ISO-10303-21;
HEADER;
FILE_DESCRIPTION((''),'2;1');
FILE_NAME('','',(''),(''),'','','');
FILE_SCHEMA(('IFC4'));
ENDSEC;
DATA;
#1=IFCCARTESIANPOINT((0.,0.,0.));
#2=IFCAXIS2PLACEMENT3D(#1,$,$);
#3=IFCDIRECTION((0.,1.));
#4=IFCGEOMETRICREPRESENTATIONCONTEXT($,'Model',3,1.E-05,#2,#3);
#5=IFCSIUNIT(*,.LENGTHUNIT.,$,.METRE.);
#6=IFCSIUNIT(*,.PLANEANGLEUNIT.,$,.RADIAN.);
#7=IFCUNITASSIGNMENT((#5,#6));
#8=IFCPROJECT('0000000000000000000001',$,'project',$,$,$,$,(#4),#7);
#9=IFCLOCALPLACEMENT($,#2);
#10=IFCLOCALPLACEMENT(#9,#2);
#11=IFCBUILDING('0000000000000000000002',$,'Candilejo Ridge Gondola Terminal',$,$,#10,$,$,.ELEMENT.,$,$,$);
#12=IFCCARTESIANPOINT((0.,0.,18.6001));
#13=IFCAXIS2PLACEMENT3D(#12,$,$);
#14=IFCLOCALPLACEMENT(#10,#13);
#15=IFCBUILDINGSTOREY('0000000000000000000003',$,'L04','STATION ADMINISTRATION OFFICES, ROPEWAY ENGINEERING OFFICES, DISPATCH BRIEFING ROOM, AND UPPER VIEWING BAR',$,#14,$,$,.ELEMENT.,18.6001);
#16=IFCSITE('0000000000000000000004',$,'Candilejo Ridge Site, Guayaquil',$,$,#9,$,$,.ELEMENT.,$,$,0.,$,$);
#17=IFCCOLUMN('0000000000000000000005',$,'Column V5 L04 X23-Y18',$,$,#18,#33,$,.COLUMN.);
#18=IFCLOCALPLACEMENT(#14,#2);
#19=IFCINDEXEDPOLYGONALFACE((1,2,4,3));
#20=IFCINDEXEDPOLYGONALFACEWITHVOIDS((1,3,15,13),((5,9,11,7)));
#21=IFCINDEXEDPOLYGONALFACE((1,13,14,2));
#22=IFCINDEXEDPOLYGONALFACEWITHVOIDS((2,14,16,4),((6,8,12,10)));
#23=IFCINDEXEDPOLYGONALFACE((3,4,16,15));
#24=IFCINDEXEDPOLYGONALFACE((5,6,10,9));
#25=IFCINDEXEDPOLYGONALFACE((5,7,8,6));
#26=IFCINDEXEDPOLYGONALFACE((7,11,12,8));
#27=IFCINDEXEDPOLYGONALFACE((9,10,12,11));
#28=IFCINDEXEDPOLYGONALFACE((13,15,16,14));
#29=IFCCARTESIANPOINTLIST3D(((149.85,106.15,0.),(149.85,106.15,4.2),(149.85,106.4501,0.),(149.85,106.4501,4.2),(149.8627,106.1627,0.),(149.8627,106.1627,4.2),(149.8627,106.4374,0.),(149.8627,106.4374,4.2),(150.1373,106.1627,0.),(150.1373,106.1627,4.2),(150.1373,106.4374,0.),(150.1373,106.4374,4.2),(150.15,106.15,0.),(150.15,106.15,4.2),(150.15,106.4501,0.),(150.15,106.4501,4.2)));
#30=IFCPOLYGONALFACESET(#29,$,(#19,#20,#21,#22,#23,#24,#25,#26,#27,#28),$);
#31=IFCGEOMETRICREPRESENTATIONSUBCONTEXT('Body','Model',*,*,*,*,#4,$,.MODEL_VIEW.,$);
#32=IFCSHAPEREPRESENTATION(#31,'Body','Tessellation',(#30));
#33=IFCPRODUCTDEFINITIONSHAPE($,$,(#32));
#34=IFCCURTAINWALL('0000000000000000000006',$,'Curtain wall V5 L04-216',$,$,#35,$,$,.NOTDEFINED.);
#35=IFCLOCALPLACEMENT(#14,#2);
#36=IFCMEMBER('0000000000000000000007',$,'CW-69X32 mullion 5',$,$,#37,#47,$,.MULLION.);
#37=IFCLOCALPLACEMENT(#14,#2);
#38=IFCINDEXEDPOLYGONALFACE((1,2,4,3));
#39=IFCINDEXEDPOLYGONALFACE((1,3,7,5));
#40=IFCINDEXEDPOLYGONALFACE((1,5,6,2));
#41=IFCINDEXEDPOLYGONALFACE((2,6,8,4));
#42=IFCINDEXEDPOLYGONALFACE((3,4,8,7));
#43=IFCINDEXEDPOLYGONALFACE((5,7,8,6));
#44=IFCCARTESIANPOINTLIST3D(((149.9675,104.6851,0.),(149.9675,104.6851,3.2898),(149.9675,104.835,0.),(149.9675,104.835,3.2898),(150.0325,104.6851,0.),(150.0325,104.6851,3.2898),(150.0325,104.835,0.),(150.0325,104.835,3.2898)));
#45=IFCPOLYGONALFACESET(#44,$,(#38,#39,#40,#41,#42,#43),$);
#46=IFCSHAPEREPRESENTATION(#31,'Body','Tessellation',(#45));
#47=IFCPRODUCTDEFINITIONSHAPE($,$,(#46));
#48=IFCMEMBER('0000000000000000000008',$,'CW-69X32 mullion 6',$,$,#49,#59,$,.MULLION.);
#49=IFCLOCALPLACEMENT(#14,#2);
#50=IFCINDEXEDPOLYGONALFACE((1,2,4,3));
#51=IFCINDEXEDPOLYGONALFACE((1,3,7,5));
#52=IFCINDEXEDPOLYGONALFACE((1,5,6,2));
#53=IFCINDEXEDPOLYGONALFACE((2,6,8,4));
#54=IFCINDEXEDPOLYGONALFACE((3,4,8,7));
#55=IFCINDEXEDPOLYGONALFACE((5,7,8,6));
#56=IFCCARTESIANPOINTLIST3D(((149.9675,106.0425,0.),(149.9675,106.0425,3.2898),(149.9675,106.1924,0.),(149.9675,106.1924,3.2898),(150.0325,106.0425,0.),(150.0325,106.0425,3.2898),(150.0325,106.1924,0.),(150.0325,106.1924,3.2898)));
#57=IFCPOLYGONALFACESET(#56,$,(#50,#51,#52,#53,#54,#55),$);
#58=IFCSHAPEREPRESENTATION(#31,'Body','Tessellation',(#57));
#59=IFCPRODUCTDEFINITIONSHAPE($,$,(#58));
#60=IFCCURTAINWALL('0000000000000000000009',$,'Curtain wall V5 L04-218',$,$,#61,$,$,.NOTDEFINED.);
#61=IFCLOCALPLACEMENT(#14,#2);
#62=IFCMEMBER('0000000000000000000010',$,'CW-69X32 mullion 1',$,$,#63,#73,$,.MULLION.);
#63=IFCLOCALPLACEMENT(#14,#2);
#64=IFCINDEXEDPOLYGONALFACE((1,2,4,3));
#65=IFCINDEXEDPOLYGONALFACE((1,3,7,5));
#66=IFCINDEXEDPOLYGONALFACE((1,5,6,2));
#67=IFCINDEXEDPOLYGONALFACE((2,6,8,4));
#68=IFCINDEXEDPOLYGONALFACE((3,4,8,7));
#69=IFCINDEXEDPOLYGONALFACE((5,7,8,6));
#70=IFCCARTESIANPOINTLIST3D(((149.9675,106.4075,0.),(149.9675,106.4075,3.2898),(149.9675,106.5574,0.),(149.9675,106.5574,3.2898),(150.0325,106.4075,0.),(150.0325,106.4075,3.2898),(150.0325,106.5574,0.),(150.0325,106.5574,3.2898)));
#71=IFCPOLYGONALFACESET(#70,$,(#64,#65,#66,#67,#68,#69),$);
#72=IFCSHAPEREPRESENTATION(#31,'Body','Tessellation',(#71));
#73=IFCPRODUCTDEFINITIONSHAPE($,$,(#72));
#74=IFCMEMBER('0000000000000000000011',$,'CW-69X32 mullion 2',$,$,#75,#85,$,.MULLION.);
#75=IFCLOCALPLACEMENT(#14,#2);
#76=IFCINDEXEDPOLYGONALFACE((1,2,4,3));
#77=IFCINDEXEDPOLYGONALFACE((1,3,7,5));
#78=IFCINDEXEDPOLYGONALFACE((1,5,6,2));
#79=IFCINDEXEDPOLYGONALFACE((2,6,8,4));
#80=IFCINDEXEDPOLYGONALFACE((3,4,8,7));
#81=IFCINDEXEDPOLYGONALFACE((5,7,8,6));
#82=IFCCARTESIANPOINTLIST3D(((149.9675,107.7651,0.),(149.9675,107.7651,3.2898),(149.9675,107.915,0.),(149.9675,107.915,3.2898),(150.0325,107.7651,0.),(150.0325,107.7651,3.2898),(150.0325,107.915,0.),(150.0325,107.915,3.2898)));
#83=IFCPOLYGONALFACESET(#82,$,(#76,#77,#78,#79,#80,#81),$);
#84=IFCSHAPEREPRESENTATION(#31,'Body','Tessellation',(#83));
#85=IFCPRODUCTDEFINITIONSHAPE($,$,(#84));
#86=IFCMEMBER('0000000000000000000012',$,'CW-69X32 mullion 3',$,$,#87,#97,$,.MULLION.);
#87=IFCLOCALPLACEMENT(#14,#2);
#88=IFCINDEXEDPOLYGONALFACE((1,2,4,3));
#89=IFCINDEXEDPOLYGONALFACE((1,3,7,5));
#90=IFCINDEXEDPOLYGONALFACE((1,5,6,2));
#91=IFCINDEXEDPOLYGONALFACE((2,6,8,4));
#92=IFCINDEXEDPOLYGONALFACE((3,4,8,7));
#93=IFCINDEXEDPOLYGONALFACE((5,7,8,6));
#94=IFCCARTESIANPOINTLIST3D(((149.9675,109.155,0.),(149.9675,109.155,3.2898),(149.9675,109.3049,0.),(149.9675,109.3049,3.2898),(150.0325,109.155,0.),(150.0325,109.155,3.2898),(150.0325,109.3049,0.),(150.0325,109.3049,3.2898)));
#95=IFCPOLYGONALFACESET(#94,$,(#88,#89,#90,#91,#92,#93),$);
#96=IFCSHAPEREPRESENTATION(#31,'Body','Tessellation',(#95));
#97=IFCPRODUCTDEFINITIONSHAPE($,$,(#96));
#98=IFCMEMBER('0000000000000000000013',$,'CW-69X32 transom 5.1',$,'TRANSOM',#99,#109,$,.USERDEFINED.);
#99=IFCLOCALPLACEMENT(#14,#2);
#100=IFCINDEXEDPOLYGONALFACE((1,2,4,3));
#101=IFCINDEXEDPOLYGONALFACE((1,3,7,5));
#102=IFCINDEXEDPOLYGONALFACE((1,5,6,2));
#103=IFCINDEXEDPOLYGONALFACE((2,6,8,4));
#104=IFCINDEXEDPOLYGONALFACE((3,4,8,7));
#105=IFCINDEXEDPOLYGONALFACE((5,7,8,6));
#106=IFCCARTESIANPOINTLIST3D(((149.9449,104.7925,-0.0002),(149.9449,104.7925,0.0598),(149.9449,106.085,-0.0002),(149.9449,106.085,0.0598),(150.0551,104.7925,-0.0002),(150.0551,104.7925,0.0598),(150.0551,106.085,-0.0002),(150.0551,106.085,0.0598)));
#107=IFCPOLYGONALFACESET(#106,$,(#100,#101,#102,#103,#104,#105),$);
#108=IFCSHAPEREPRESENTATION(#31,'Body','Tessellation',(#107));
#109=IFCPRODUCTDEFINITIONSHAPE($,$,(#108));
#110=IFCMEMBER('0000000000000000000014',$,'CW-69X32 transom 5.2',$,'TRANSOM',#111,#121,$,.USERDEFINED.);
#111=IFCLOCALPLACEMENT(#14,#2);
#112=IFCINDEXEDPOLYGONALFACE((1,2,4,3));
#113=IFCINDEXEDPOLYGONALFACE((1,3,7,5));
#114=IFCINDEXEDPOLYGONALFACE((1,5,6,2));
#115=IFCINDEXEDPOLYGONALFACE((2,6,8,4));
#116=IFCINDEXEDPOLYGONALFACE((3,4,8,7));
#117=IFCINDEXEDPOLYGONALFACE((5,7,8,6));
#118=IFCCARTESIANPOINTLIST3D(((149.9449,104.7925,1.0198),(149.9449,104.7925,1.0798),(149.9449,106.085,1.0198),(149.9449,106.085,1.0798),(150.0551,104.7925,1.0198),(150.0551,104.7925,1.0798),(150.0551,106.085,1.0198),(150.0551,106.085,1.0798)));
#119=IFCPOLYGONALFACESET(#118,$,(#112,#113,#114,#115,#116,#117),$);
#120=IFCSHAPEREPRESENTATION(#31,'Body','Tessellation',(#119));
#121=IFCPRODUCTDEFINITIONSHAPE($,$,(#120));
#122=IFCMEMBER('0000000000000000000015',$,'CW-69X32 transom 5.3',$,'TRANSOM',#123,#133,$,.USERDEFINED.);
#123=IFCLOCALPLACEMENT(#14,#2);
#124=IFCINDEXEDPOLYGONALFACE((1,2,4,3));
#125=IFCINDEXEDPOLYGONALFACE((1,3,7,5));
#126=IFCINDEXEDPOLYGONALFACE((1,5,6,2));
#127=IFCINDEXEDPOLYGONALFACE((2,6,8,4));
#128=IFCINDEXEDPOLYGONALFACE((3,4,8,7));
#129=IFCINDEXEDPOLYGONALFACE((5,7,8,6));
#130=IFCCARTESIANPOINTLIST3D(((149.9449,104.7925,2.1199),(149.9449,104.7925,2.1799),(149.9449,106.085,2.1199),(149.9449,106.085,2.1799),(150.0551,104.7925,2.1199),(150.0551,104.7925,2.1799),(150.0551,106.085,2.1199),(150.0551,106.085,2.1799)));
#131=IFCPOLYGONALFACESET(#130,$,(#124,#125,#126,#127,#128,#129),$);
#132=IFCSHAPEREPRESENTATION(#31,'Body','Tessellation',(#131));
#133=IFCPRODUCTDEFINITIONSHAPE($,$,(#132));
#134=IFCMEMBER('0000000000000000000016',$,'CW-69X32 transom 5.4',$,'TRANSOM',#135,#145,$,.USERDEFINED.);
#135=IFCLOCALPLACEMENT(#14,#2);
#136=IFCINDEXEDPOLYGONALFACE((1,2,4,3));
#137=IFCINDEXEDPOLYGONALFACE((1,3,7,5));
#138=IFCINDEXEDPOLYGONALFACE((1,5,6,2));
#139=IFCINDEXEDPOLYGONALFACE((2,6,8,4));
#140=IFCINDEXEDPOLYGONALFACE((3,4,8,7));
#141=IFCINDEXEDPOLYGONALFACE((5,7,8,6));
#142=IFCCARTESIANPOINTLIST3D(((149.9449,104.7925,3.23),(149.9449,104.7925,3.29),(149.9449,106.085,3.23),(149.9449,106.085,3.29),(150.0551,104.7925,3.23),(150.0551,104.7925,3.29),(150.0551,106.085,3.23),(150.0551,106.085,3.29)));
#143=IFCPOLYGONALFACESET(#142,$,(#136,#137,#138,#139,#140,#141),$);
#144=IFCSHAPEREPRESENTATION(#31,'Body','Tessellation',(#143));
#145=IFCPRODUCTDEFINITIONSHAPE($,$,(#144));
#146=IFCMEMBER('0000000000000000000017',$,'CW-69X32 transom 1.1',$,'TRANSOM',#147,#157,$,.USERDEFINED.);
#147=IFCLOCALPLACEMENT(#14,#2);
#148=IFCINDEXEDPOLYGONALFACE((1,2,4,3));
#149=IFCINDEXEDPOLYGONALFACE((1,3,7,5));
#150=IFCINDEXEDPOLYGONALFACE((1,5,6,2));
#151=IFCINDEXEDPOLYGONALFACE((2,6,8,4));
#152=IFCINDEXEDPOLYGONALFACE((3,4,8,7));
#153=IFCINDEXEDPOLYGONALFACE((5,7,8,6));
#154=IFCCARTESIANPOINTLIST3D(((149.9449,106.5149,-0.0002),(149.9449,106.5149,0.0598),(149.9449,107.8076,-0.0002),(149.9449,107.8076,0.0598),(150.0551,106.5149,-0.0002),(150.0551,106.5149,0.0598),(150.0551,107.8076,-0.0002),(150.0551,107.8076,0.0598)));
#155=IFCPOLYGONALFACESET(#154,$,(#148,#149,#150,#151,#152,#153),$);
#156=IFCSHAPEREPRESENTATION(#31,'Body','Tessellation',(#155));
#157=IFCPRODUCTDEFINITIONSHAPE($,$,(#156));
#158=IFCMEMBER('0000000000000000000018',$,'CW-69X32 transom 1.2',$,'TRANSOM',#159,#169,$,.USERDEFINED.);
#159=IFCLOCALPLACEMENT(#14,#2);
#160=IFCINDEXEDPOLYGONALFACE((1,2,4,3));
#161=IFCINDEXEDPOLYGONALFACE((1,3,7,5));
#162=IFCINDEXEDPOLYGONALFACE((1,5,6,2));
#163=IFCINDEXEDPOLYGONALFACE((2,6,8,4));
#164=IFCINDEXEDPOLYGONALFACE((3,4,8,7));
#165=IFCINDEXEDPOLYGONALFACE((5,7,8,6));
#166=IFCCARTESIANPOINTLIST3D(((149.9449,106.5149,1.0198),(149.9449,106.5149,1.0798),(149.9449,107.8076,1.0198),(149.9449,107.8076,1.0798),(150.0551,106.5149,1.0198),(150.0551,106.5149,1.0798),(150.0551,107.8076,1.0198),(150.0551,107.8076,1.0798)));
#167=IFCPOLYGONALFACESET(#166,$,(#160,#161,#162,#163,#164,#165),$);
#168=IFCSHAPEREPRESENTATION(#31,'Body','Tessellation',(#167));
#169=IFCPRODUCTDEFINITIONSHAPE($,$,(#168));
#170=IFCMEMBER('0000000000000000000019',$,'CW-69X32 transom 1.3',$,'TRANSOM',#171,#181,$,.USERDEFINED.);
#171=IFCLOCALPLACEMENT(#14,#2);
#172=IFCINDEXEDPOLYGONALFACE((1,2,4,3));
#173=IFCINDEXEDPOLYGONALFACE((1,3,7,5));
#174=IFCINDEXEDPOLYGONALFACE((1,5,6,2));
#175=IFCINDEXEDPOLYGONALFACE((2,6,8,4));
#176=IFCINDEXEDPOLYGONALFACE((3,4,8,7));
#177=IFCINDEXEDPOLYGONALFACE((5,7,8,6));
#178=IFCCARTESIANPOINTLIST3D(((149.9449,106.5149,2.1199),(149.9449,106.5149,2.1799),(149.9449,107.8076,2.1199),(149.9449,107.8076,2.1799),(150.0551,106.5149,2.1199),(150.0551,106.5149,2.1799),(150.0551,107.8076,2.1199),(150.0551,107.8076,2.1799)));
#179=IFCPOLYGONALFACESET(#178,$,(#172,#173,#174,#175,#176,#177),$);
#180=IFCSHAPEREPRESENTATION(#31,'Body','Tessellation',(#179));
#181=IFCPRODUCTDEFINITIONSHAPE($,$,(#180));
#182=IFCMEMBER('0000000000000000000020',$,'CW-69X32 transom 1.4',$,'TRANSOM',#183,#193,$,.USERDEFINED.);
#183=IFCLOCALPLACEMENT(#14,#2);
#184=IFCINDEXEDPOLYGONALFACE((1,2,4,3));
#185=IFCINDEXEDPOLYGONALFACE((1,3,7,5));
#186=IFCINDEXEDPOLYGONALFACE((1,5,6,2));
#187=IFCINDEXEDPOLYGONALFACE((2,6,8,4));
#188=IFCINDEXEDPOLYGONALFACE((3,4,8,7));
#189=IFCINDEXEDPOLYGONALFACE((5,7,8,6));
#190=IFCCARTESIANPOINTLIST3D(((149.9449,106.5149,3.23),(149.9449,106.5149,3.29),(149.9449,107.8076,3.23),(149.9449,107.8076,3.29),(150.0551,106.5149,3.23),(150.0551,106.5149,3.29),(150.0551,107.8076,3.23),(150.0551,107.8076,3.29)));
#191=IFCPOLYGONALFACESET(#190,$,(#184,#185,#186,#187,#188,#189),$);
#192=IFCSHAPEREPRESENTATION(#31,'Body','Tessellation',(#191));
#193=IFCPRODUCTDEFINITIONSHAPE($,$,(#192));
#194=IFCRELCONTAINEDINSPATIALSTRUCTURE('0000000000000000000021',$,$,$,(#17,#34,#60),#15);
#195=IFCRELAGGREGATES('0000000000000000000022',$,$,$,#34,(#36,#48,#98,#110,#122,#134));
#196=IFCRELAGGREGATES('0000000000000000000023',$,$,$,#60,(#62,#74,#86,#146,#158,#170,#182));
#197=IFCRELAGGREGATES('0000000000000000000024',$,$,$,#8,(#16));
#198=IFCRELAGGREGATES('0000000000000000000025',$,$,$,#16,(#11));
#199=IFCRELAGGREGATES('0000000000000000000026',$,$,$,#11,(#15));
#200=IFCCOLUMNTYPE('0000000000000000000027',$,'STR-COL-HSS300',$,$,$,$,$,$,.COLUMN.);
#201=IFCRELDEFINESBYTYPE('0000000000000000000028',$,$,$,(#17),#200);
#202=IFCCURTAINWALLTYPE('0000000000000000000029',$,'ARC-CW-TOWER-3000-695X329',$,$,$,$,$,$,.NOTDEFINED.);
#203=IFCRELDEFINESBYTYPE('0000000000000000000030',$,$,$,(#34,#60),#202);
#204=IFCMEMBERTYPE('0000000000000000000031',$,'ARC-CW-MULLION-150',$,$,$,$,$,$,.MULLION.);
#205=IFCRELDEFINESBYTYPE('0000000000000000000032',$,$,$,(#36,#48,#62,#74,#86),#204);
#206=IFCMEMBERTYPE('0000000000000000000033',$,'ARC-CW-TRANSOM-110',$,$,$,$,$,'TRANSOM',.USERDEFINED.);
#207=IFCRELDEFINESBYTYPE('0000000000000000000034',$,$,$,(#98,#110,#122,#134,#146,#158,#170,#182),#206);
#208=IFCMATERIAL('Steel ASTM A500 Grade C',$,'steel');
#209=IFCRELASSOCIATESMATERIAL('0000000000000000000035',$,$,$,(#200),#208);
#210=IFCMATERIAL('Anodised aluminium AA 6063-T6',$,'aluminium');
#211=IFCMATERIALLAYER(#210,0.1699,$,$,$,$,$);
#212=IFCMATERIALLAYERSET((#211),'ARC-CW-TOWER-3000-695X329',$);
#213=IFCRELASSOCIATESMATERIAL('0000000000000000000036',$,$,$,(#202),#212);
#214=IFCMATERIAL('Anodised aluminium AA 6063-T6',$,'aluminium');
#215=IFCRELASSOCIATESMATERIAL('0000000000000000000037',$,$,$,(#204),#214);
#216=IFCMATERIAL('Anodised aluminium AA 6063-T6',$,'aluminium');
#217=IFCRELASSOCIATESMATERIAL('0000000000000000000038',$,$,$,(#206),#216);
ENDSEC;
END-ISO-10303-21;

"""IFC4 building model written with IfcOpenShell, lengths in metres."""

from ifc_helpers import new_model, si_unit, direction, frame, origin, origin_2d, place, context, subcontext, project, spatial, rectangle, hollow_rectangle, extrude, material, layer, layer_set, material_profile, profile_set, type_object, element, aggregate, save


model = new_model("IFC4")

# Units and contexts
model_context = context("Model", 3, precision=1e-05, world=origin(), true_north=direction((0.0, 1.0)))
body_context = subcontext(model_context, "Body", "Model", "MODEL_VIEW")
ifc_project = project(units=[si_unit("LENGTHUNIT", "METRE"), si_unit("PLANEANGLEUNIT", "RADIAN")], contexts=[model_context])

# Site, building, storey
site_placement = place(None, origin())
site = spatial("IfcSite", under=ifc_project, at=site_placement, Name="Candilejo Ridge Site, Guayaquil", CompositionType="ELEMENT", RefElevation=0.0)
building_placement = place(site_placement, origin())
building = spatial("IfcBuilding", under=site, at=building_placement, Name="Candilejo Ridge Gondola Terminal", CompositionType="ELEMENT")
storey_placement = place(building_placement, frame((0.0, 0.0, 18.6001)))
storey = spatial("IfcBuildingStorey", under=building, at=storey_placement, Name="L04", Description="STATION ADMINISTRATION OFFICES, ROPEWAY ENGINEERING OFFICES, DISPATCH BRIEFING ROOM, AND UPPER VIEWING BAR", CompositionType="ELEMENT", Elevation=18.6001)

# Column
ifc_material_1 = material(Name="Steel ASTM A500 Grade C", Category="steel")
ifc_material_profile_1 = material_profile(ifc_material_1, hollow_rectangle(XDim=0.3, YDim=0.3, WallThickness=0.0127, at=origin_2d()))
ifc_profile_set_1 = profile_set([ifc_material_profile_1], Name="Steel ASTM A500 Grade C")
column_type = type_object("IfcColumnType", Name="STR-COL-HSS300", PredefinedType="COLUMN", material=ifc_profile_set_1)
column_placement = place(storey_placement, frame((150.0, 106.3, 0.0), z_axis=(0.0, 0.0, 1.0), x_axis=(1.0, 0.0, 0.0)))
element("IfcColumn", 1, at=column_placement, inside=storey, type_object=column_type, Name="Column V5 L04 X23-Y18", PredefinedType="COLUMN", context=body_context, shape_type="SweptSolid", body=[
    extrude(hollow_rectangle(XDim=0.3, YDim=0.3, WallThickness=0.0127, at=origin_2d()), origin(), (0.0, 0.0, 1.0), 4.2),
])

# Curtain walls, members
ifc_material_2 = material(Name="Anodised aluminium AA 6063-T6", Category="aluminium")
ifc_layer_1 = layer(ifc_material_2, 0.1699)
ifc_layer_set_1 = layer_set([ifc_layer_1], Name="ARC-CW-TOWER-3000-695X329")
curtain_wall_type = type_object("IfcCurtainWallType", Name="ARC-CW-TOWER-3000-695X329", PredefinedType="NOTDEFINED", material=ifc_layer_set_1)
curtain_wall_1_placement = place(storey_placement, origin())
curtain_wall_1 = element("IfcCurtainWall", 2, at=curtain_wall_1_placement, inside=storey, type_object=curtain_wall_type, Name="Curtain wall V5 L04-216", PredefinedType="NOTDEFINED")
ifc_material_3 = material(Name="Anodised aluminium AA 6063-T6", Category="aluminium")
ifc_material_profile_2 = material_profile(ifc_material_3, rectangle(XDim=0.0649, YDim=0.1499, at=origin_2d()))
ifc_profile_set_2 = profile_set([ifc_material_profile_2], Name="Anodised aluminium AA 6063-T6")
member_type_1 = type_object("IfcMemberType", Name="ARC-CW-MULLION-150", PredefinedType="MULLION", material=ifc_profile_set_2)
member_1_placement = place(storey_placement, frame((150.0, 104.76, 0.0), z_axis=(0.0, 0.0, 1.0), x_axis=(-1.0, 0.0, 0.0)))
member_1 = element("IfcMember", 3, at=member_1_placement, type_object=member_type_1, Name="CW-69X32 mullion 5", PredefinedType="MULLION", context=body_context, shape_type="SweptSolid", body=[
    extrude(rectangle(XDim=0.0649, YDim=0.1499, at=origin_2d()), origin(), (0.0, 0.0, 1.0), 3.2898),
])
member_2_placement = place(storey_placement, frame((150.0, 106.1174, 0.0), z_axis=(0.0, 0.0, 1.0), x_axis=(-1.0, 0.0, 0.0)))
member_2 = element("IfcMember", 4, at=member_2_placement, type_object=member_type_1, Name="CW-69X32 mullion 6", PredefinedType="MULLION", context=body_context, shape_type="SweptSolid", body=[
    extrude(rectangle(XDim=0.0649, YDim=0.1499, at=origin_2d()), origin(), (0.0, 0.0, 1.0), 3.2898),
])
curtain_wall_2_placement = place(storey_placement, origin())
curtain_wall_2 = element("IfcCurtainWall", 5, at=curtain_wall_2_placement, inside=storey, type_object=curtain_wall_type, Name="Curtain wall V5 L04-218", PredefinedType="NOTDEFINED")
member_3_placement = place(storey_placement, frame((150.0, 106.4824, 0.0), z_axis=(0.0, 0.0, 1.0), x_axis=(-1.0, 0.0, 0.0)))
member_3 = element("IfcMember", 6, at=member_3_placement, type_object=member_type_1, Name="CW-69X32 mullion 1", PredefinedType="MULLION", context=body_context, shape_type="SweptSolid", body=[
    extrude(rectangle(XDim=0.0649, YDim=0.1499, at=origin_2d()), origin(), (0.0, 0.0, 1.0), 3.2898),
])
member_4_placement = place(storey_placement, frame((150.0, 107.8401, 0.0), z_axis=(0.0, 0.0, 1.0), x_axis=(-1.0, 0.0, 0.0)))
member_4 = element("IfcMember", 7, at=member_4_placement, type_object=member_type_1, Name="CW-69X32 mullion 2", PredefinedType="MULLION", context=body_context, shape_type="SweptSolid", body=[
    extrude(rectangle(XDim=0.0649, YDim=0.1499, at=origin_2d()), origin(), (0.0, 0.0, 1.0), 3.2898),
])
member_5_placement = place(storey_placement, frame((150.0, 109.23, 0.0), z_axis=(0.0, 0.0, 1.0), x_axis=(-1.0, 0.0, 0.0)))
member_5 = element("IfcMember", 8, at=member_5_placement, type_object=member_type_1, Name="CW-69X32 mullion 3", PredefinedType="MULLION", context=body_context, shape_type="SweptSolid", body=[
    extrude(rectangle(XDim=0.0649, YDim=0.1499, at=origin_2d()), origin(), (0.0, 0.0, 1.0), 3.2898),
])

# Members
ifc_material_4 = material(Name="Anodised aluminium AA 6063-T6", Category="aluminium")
ifc_material_profile_3 = material_profile(ifc_material_4, rectangle(XDim=0.1101, YDim=0.0601, at=origin_2d()))
ifc_profile_set_3 = profile_set([ifc_material_profile_3], Name="Anodised aluminium AA 6063-T6")
member_type_2 = type_object("IfcMemberType", Name="ARC-CW-TRANSOM-110", ElementType="TRANSOM", PredefinedType="USERDEFINED", material=ifc_profile_set_3)
member_6_placement = place(storey_placement, frame((150.0, 104.7925, 0.0298), z_axis=(0.0, 1.0, 0.0), x_axis=(-1.0, 0.0, 0.0)))
member_6 = element("IfcMember", 9, at=member_6_placement, type_object=member_type_2, Name="CW-69X32 transom 5.1", ObjectType="TRANSOM", PredefinedType="USERDEFINED", context=body_context, shape_type="SweptSolid", body=[
    extrude(rectangle(XDim=0.1101, YDim=0.0601, at=origin_2d()), origin(), (0.0, 0.0, 1.0), 1.2925),
])
member_7_placement = place(storey_placement, frame((150.0, 104.7925, 1.0498), z_axis=(0.0, 1.0, 0.0), x_axis=(-1.0, 0.0, 0.0)))
member_7 = element("IfcMember", 10, at=member_7_placement, type_object=member_type_2, Name="CW-69X32 transom 5.2", ObjectType="TRANSOM", PredefinedType="USERDEFINED", context=body_context, shape_type="SweptSolid", body=[
    extrude(rectangle(XDim=0.1101, YDim=0.0601, at=origin_2d()), origin(), (0.0, 0.0, 1.0), 1.2925),
])
member_8_placement = place(storey_placement, frame((150.0, 104.7925, 2.1499), z_axis=(0.0, 1.0, 0.0), x_axis=(-1.0, 0.0, 0.0)))
member_8 = element("IfcMember", 11, at=member_8_placement, type_object=member_type_2, Name="CW-69X32 transom 5.3", ObjectType="TRANSOM", PredefinedType="USERDEFINED", context=body_context, shape_type="SweptSolid", body=[
    extrude(rectangle(XDim=0.1101, YDim=0.0601, at=origin_2d()), origin(), (0.0, 0.0, 1.0), 1.2925),
])
member_9_placement = place(storey_placement, frame((150.0, 104.7925, 3.26), z_axis=(0.0, 1.0, 0.0), x_axis=(-1.0, 0.0, 0.0)))
member_9 = element("IfcMember", 12, at=member_9_placement, type_object=member_type_2, Name="CW-69X32 transom 5.4", ObjectType="TRANSOM", PredefinedType="USERDEFINED", context=body_context, shape_type="SweptSolid", body=[
    extrude(rectangle(XDim=0.1101, YDim=0.0601, at=origin_2d()), origin(), (0.0, 0.0, 1.0), 1.2925),
])
member_10_placement = place(storey_placement, frame((150.0, 106.5149, 0.0298), z_axis=(0.0, 1.0, 0.0), x_axis=(-1.0, 0.0, 0.0)))
member_10 = element("IfcMember", 13, at=member_10_placement, type_object=member_type_2, Name="CW-69X32 transom 1.1", ObjectType="TRANSOM", PredefinedType="USERDEFINED", context=body_context, shape_type="SweptSolid", body=[
    extrude(rectangle(XDim=0.1101, YDim=0.0601, at=origin_2d()), origin(), (0.0, 0.0, 1.0), 1.2927),
])
member_11_placement = place(storey_placement, frame((150.0, 106.5149, 1.0498), z_axis=(0.0, 1.0, 0.0), x_axis=(-1.0, 0.0, 0.0)))
member_11 = element("IfcMember", 14, at=member_11_placement, type_object=member_type_2, Name="CW-69X32 transom 1.2", ObjectType="TRANSOM", PredefinedType="USERDEFINED", context=body_context, shape_type="SweptSolid", body=[
    extrude(rectangle(XDim=0.1101, YDim=0.0601, at=origin_2d()), origin(), (0.0, 0.0, 1.0), 1.2927),
])
member_12_placement = place(storey_placement, frame((150.0, 106.5149, 2.1499), z_axis=(0.0, 1.0, 0.0), x_axis=(-1.0, 0.0, 0.0)))
member_12 = element("IfcMember", 15, at=member_12_placement, type_object=member_type_2, Name="CW-69X32 transom 1.3", ObjectType="TRANSOM", PredefinedType="USERDEFINED", context=body_context, shape_type="SweptSolid", body=[
    extrude(rectangle(XDim=0.1101, YDim=0.0601, at=origin_2d()), origin(), (0.0, 0.0, 1.0), 1.2927),
])
member_13_placement = place(storey_placement, frame((150.0, 106.5149, 3.26), z_axis=(0.0, 1.0, 0.0), x_axis=(-1.0, 0.0, 0.0)))
member_13 = element("IfcMember", 16, at=member_13_placement, type_object=member_type_2, Name="CW-69X32 transom 1.4", ObjectType="TRANSOM", PredefinedType="USERDEFINED", context=body_context, shape_type="SweptSolid", body=[
    extrude(rectangle(XDim=0.1101, YDim=0.0601, at=origin_2d()), origin(), (0.0, 0.0, 1.0), 1.2927),
])

aggregate(curtain_wall_1, [member_1, member_2, member_6, member_7, member_8, member_9])
aggregate(curtain_wall_2, [member_3, member_4, member_5, member_10, member_11, member_12, member_13])

save(model, "model.ifc")
